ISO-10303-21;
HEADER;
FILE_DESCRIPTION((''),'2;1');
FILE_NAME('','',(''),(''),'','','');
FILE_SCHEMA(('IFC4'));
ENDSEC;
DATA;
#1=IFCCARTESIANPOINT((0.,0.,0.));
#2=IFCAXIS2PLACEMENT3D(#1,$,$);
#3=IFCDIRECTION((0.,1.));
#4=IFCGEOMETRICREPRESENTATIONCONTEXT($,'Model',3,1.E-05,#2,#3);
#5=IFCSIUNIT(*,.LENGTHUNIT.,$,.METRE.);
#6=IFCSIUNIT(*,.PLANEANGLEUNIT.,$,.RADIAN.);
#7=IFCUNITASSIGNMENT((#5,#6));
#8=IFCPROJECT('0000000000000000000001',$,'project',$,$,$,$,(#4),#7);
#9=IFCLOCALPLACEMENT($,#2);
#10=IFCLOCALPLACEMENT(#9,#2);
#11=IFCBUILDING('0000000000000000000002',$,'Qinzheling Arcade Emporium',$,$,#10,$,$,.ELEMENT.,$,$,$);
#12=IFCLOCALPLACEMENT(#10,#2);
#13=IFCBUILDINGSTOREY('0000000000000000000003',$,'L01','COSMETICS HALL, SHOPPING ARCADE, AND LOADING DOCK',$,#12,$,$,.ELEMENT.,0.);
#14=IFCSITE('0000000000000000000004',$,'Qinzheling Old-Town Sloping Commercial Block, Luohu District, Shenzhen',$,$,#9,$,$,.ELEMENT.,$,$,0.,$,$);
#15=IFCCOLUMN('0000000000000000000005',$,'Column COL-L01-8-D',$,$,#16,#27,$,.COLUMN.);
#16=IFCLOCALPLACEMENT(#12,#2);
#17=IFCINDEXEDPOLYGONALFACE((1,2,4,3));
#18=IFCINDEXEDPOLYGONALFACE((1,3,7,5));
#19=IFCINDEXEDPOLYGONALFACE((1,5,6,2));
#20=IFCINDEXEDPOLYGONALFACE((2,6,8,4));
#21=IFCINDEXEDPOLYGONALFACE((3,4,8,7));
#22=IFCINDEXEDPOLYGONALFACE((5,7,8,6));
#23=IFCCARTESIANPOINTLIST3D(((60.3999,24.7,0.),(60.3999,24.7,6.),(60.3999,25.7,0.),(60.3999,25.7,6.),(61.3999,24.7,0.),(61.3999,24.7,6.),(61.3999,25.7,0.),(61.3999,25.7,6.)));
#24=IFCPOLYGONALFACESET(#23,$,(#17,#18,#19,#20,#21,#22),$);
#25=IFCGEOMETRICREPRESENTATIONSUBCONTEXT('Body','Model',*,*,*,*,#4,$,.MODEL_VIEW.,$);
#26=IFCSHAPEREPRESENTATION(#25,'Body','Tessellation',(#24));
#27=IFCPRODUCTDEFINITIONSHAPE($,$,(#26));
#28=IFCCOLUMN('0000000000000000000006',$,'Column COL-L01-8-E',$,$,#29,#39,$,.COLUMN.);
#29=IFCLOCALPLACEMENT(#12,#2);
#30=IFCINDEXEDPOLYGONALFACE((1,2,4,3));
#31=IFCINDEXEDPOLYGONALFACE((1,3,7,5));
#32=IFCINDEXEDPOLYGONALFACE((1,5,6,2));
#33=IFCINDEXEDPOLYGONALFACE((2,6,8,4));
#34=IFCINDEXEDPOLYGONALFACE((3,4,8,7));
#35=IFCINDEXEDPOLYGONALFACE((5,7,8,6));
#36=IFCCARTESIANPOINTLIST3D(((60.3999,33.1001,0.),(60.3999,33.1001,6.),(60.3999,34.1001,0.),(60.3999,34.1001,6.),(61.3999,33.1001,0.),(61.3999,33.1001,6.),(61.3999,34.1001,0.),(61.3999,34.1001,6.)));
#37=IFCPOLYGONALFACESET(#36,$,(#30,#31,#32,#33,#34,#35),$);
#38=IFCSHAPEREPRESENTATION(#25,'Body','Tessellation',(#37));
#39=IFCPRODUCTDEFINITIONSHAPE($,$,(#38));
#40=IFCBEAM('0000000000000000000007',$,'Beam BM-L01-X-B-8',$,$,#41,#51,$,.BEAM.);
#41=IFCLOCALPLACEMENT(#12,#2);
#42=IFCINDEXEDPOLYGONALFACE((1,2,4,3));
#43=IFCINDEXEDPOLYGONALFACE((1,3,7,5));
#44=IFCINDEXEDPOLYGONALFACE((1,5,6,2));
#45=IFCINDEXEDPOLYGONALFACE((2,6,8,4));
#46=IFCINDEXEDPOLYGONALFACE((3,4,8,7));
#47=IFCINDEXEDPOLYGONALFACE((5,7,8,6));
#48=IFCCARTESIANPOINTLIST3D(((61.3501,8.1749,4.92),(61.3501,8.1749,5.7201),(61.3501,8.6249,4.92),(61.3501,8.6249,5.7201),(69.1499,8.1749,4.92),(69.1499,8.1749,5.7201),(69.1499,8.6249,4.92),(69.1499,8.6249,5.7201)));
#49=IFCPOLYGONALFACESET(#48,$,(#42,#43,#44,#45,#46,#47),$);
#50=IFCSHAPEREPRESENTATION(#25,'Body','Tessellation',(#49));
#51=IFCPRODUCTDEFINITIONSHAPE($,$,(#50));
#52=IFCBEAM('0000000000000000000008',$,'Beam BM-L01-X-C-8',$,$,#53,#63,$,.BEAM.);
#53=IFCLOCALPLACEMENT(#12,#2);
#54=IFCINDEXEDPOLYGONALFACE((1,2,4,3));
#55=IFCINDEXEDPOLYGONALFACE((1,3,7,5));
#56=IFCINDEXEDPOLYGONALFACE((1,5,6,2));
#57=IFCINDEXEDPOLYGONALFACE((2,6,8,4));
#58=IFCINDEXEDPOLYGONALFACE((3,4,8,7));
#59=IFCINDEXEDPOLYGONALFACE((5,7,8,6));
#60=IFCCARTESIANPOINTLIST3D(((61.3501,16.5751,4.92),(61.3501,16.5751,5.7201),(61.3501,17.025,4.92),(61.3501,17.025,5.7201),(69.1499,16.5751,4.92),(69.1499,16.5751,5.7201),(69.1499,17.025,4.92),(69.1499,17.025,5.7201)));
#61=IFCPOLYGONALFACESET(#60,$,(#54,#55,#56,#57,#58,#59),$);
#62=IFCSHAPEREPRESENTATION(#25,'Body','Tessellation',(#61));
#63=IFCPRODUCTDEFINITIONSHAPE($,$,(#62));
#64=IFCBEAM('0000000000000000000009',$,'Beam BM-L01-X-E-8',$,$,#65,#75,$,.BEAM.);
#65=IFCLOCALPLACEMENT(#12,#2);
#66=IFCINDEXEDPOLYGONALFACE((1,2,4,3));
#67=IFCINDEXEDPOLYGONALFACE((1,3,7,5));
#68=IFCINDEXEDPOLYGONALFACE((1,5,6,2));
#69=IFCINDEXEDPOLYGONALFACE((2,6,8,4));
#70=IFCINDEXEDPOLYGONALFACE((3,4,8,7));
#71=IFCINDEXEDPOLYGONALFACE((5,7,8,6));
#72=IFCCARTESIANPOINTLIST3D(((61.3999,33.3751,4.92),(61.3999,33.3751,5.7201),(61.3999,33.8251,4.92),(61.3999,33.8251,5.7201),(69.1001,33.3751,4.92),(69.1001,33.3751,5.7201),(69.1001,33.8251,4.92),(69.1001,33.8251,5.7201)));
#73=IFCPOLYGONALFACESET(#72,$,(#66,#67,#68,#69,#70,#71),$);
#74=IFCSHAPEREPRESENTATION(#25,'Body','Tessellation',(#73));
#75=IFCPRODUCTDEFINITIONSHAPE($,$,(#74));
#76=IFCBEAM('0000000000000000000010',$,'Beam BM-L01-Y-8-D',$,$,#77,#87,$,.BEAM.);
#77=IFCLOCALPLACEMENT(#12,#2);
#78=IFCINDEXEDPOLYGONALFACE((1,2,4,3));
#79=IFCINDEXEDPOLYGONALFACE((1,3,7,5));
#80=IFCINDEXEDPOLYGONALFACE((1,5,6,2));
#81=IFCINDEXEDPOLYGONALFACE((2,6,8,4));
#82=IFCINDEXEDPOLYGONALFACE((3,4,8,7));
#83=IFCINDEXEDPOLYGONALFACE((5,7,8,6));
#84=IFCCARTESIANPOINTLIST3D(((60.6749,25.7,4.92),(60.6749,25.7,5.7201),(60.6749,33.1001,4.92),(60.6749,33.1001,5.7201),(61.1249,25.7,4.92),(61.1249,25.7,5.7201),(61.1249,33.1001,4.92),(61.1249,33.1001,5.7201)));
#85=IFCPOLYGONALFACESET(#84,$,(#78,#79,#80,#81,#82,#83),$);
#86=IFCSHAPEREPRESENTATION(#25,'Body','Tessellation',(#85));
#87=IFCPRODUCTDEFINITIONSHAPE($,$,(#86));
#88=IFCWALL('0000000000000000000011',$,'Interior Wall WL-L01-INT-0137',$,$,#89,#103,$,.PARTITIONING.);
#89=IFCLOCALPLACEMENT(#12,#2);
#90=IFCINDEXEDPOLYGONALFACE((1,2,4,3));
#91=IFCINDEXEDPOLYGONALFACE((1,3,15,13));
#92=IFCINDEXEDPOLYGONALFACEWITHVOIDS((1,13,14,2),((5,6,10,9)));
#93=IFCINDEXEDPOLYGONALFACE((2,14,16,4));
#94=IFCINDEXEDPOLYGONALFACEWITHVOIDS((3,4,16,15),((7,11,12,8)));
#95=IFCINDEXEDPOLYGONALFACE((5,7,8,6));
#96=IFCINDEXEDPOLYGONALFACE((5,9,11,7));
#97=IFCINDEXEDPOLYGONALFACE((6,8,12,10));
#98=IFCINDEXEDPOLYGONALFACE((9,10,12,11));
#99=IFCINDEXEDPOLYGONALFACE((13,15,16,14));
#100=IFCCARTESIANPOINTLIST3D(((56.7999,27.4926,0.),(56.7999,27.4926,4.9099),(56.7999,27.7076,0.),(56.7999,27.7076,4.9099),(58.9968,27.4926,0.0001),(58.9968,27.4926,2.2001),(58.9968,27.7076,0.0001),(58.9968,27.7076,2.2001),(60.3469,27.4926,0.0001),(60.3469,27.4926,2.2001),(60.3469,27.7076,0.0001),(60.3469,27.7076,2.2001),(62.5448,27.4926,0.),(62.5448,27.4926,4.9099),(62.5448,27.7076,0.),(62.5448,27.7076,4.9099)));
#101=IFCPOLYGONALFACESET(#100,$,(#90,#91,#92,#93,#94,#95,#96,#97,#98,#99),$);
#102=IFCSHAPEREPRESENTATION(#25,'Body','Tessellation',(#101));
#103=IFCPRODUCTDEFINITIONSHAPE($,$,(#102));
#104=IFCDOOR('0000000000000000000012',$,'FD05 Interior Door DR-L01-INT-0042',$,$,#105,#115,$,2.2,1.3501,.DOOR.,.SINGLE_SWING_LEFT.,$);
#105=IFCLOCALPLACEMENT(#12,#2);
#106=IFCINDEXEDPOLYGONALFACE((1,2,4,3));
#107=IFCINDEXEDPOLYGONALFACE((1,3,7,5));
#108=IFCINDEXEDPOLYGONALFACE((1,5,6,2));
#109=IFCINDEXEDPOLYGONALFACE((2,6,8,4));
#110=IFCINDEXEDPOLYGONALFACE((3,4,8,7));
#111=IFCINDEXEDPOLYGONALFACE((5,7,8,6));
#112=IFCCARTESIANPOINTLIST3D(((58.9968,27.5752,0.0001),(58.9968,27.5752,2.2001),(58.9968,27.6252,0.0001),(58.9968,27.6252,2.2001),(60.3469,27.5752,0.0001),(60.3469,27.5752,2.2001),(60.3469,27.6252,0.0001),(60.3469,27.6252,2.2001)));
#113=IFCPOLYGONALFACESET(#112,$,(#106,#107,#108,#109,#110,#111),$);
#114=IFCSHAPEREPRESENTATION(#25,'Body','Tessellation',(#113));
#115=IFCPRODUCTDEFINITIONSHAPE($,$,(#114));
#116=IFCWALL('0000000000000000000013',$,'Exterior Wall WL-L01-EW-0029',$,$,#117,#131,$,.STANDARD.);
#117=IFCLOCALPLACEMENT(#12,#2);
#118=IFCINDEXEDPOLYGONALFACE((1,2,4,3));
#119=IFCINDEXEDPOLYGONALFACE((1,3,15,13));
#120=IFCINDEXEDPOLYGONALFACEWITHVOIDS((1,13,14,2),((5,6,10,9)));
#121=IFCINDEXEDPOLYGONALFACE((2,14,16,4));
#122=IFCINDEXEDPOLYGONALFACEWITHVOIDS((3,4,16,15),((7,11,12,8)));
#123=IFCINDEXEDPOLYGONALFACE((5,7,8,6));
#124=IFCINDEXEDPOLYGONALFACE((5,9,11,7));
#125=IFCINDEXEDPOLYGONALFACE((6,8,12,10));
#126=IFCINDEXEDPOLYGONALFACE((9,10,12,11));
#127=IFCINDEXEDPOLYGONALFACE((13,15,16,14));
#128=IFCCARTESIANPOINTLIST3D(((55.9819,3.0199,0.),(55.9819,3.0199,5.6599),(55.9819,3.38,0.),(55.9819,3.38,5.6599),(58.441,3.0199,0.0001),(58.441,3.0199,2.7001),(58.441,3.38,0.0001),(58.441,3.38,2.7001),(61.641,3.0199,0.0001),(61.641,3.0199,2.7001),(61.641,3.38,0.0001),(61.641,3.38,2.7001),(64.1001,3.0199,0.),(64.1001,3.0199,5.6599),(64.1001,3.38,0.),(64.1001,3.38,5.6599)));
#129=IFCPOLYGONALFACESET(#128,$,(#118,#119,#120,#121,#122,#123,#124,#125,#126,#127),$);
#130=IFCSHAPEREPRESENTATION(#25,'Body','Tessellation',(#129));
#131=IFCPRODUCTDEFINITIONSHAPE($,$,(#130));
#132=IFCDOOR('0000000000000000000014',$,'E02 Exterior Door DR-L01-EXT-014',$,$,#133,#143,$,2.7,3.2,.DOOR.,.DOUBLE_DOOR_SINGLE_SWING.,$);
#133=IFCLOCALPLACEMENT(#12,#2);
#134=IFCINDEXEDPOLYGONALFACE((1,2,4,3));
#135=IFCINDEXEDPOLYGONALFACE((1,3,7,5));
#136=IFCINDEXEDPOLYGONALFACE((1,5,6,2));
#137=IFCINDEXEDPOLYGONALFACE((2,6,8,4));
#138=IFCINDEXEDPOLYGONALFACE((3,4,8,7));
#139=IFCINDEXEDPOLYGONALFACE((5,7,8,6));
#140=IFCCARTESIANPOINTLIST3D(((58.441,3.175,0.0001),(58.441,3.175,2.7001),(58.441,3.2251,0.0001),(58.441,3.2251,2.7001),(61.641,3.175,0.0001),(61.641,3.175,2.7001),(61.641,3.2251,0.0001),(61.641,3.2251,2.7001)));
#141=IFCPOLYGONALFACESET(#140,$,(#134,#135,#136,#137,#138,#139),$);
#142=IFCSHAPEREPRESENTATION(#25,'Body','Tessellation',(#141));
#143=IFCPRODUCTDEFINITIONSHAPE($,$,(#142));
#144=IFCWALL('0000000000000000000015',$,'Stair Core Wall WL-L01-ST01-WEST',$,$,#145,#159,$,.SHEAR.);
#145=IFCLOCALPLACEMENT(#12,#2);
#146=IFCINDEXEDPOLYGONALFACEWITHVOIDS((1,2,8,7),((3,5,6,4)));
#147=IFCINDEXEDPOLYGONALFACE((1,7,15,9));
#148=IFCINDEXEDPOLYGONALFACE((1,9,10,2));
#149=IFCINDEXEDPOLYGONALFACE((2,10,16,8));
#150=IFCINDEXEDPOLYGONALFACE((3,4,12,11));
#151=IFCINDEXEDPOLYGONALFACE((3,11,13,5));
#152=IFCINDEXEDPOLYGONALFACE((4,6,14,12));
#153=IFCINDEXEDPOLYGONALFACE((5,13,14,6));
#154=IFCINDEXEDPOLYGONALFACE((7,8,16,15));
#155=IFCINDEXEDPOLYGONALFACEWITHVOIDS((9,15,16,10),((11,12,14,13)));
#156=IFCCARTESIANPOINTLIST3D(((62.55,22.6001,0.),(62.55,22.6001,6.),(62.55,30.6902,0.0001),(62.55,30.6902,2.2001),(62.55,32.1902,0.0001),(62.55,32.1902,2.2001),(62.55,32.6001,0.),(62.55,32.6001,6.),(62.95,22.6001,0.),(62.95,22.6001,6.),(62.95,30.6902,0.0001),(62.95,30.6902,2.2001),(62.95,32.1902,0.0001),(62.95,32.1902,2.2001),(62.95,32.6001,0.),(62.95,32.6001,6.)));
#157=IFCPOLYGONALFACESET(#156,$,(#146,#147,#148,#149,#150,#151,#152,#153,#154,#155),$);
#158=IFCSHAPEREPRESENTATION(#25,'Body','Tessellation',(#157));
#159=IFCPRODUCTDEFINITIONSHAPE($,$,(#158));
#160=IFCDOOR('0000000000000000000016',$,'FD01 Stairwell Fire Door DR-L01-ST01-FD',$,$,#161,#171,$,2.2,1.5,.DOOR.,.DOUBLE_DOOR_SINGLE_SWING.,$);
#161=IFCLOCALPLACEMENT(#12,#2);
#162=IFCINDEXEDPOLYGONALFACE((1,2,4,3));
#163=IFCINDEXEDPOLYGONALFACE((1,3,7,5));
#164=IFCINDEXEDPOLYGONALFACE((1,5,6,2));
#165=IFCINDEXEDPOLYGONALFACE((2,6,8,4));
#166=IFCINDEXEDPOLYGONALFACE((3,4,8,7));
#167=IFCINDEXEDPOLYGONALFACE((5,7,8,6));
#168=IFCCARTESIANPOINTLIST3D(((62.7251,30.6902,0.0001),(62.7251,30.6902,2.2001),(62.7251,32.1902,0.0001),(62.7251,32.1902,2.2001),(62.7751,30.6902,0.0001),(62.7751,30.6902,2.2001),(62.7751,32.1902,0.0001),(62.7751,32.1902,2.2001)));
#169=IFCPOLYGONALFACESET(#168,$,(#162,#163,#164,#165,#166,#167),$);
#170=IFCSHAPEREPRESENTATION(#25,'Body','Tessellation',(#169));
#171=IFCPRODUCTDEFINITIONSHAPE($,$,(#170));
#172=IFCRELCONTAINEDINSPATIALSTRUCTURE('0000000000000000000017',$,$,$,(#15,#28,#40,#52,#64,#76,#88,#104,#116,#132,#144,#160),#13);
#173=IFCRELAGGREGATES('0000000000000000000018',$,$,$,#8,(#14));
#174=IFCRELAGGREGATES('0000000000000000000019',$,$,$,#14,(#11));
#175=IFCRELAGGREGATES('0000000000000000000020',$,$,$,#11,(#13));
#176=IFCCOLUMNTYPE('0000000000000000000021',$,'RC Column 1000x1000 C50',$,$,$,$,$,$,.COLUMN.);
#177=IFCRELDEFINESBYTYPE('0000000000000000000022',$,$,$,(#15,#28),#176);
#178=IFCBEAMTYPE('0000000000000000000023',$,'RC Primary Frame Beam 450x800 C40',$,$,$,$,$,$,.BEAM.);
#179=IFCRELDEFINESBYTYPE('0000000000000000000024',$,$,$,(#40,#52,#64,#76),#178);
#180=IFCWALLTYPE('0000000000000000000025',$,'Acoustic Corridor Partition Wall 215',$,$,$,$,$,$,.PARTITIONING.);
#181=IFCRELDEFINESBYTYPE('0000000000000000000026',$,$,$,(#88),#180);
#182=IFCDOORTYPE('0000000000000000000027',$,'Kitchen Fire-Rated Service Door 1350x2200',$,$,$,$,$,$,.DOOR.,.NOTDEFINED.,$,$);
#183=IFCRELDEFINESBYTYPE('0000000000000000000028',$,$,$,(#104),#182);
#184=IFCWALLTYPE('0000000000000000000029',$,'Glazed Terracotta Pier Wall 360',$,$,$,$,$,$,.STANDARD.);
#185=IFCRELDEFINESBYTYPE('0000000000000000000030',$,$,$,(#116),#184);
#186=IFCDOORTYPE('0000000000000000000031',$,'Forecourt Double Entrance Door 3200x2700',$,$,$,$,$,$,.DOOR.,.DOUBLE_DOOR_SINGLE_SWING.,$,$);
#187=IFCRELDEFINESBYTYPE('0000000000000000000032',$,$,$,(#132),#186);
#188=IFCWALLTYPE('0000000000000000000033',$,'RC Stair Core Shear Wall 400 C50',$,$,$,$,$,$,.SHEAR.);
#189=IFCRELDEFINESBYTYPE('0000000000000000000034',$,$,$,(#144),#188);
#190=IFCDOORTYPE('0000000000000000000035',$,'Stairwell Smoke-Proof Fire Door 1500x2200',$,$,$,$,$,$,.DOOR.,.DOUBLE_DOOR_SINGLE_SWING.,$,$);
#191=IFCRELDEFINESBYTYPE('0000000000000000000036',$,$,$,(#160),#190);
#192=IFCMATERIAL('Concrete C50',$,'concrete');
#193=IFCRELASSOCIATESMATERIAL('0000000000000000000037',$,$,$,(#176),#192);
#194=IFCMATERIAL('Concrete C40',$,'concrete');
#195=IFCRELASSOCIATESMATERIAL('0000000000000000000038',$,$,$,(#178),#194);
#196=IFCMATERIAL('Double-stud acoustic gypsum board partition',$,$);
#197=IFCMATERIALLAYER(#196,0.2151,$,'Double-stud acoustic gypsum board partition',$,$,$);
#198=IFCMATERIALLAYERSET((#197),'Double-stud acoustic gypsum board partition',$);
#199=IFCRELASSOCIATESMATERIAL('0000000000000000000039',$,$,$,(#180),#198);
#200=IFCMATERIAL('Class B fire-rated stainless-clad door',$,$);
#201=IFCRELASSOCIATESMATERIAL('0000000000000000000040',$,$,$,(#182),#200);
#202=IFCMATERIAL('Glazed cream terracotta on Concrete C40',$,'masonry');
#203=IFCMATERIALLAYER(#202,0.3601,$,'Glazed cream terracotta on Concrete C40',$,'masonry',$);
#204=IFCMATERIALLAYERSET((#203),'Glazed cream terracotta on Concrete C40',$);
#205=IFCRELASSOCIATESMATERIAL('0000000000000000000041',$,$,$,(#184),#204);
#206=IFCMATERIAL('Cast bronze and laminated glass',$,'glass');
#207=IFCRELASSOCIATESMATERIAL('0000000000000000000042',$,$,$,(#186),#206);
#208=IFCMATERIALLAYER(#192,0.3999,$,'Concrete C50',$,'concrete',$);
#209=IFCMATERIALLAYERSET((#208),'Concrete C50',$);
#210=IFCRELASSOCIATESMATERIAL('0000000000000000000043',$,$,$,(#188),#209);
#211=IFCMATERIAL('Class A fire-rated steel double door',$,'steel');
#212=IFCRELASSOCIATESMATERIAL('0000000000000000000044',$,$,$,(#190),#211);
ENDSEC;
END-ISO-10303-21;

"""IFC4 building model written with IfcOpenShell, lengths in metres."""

from ifc_helpers import new_model, si_unit, direction, frame, frame_2d, origin, origin_2d, place, context, subcontext, project, spatial, rectangle, extrude, material, layer, layer_set, material_profile, profile_set, type_object, element, fill, save


model = new_model("IFC4")

# Units and contexts
model_context = context("Model", 3, precision=1e-05, world=origin(), true_north=direction((0.0, 1.0)))
body_context = subcontext(model_context, "Body", "Model", "MODEL_VIEW")
ifc_project = project(units=[si_unit("LENGTHUNIT", "METRE"), si_unit("PLANEANGLEUNIT", "RADIAN")], contexts=[model_context])

# Site, building, storey
site_placement = place(None, origin())
site = spatial("IfcSite", under=ifc_project, at=site_placement, Name="Qinzheling Old-Town Sloping Commercial Block, Luohu District, Shenzhen", CompositionType="ELEMENT", RefElevation=0.0)
building_placement = place(site_placement, origin())
building = spatial("IfcBuilding", under=site, at=building_placement, Name="Qinzheling Arcade Emporium", CompositionType="ELEMENT")
storey_placement = place(building_placement, origin())
storey = spatial("IfcBuildingStorey", under=building, at=storey_placement, Name="L01", Description="COSMETICS HALL, SHOPPING ARCADE, AND LOADING DOCK", CompositionType="ELEMENT", Elevation=0.0)

# Columns
ifc_material_1 = material(Name="Concrete C50", Category="concrete")
ifc_material_profile_1 = material_profile(ifc_material_1, rectangle(XDim=1.0, YDim=1.0, at=origin_2d()), Name="RC 1000x1000", Category="concrete")
ifc_profile_set_1 = profile_set([ifc_material_profile_1], Name="Concrete C50")
column_type = type_object("IfcColumnType", Name="RC Column 1000x1000 C50", PredefinedType="COLUMN", material=ifc_profile_set_1)
for number, where, z_axis, x_axis, name in (
    (1, (60.8999, 25.2, 0.0), (0.0, 0.0, 1.0), (1.0, 0.0, 0.0), "Column COL-L01-8-D"),
    (2, (60.8999, 33.6001, 0.0), (0.0, 0.0, 1.0), (1.0, 0.0, 0.0), "Column COL-L01-8-E"),
):
    element("IfcColumn", number, at=place(storey_placement, frame(where, z_axis=z_axis, x_axis=x_axis)), inside=storey, type_object=column_type, Name=name, PredefinedType="COLUMN", context=body_context, shape_type="SweptSolid", body=[
        extrude(rectangle(XDim=1.0, YDim=1.0, at=origin_2d()), origin(), (0.0, 0.0, 1.0), 6.0),
    ])

# Beams
ifc_material_2 = material(Name="Concrete C40", Category="concrete")
ifc_material_profile_2 = material_profile(ifc_material_2, rectangle(XDim=0.45, YDim=0.8, at=origin_2d()), Name="RC 450x800", Category="concrete")
ifc_profile_set_2 = profile_set([ifc_material_profile_2], Name="Concrete C40")
beam_type = type_object("IfcBeamType", Name="RC Primary Frame Beam 450x800 C40", PredefinedType="BEAM", material=ifc_profile_set_2)
for number, where, z_axis, x_axis, name in (
    (3, (61.3501, 8.3999, 5.3201), (1.0, 0.0, 0.0), (0.0, 1.0, 0.0), "Beam BM-L01-X-B-8"),
    (4, (61.3501, 16.8, 5.3201), (1.0, 0.0, 0.0), (0.0, 1.0, 0.0), "Beam BM-L01-X-C-8"),
):
    element("IfcBeam", number, at=place(storey_placement, frame(where, z_axis=z_axis, x_axis=x_axis)), inside=storey, type_object=beam_type, Name=name, PredefinedType="BEAM", context=body_context, shape_type="SweptSolid", body=[
        extrude(rectangle(XDim=0.45, YDim=0.8, at=origin_2d()), origin(), (0.0, 0.0, 1.0), 7.7998),
    ])
beam_1_placement = place(storey_placement, frame((61.3999, 33.6001, 5.3201), z_axis=(1.0, 0.0, 0.0), x_axis=(0.0, 1.0, 0.0)))
element("IfcBeam", 5, at=beam_1_placement, inside=storey, type_object=beam_type, Name="Beam BM-L01-X-E-8", PredefinedType="BEAM", context=body_context, shape_type="SweptSolid", body=[
    extrude(rectangle(XDim=0.45, YDim=0.8, at=origin_2d()), origin(), (0.0, 0.0, 1.0), 7.7002),
])
beam_2_placement = place(storey_placement, frame((60.8999, 25.7, 5.3201), z_axis=(0.0, 1.0, 0.0), x_axis=(-1.0, 0.0, 0.0)))
element("IfcBeam", 6, at=beam_2_placement, inside=storey, type_object=beam_type, Name="Beam BM-L01-Y-8-D", PredefinedType="BEAM", context=body_context, shape_type="SweptSolid", body=[
    extrude(rectangle(XDim=0.45, YDim=0.8, at=origin_2d()), origin(), (0.0, 0.0, 1.0), 7.4001),
])

# Walls, openings, doors
ifc_material_3 = material(Name="Double-stud acoustic gypsum board partition")
ifc_layer_1 = layer(ifc_material_3, 0.2151, Name="Double-stud acoustic gypsum board partition")
ifc_layer_set_1 = layer_set([ifc_layer_1], Name="Double-stud acoustic gypsum board partition")
wall_type_1 = type_object("IfcWallType", Name="Acoustic Corridor Partition Wall 215", PredefinedType="PARTITIONING", material=ifc_layer_set_1)
wall_1_placement = place(storey_placement, frame((62.5449, 27.6001, 0.0), z_axis=(0.0, 0.0, 1.0), x_axis=(-1.0, 0.0, 0.0)))
wall_1 = element("IfcWall", 7, at=wall_1_placement, inside=storey, type_object=wall_type_1, Name="Interior Wall WL-L01-INT-0137", PredefinedType="PARTITIONING", context=body_context, shape_type="SweptSolid", body=[
    extrude(rectangle(XDim=5.7449, YDim=0.2151, at=frame_2d((2.8726, 0.0))), origin(), (0.0, 0.0, 1.0), 4.9099),
])
opening_1_placement = place(wall_1_placement, frame((2.198, 0.0, 0.0)))
opening_1 = element("IfcOpeningElement", 8, at=opening_1_placement, cuts=wall_1, PredefinedType="OPENING", context=body_context, shape_type="SweptSolid", body=[
    extrude(rectangle(XDim=1.3501, YDim=2.2, at=frame_2d((0.675, 1.1001))), frame((0.0, 0.1177, 0.0), z_axis=(0.0, -1.0, 0.0), x_axis=(1.0, 0.0, 0.0)), (0.0, 0.0, 1.0), 0.2351),
])
ifc_material_4 = material(Name="Class B fire-rated stainless-clad door")
door_type_1 = type_object("IfcDoorType", Name="Kitchen Fire-Rated Service Door 1350x2200", OperationType="NOTDEFINED", PredefinedType="DOOR", material=ifc_material_4)
door_1_placement = place(opening_1_placement, origin())
door_1 = element("IfcDoor", 9, at=door_1_placement, inside=storey, type_object=door_type_1, Name="FD05 Interior Door DR-L01-INT-0042", OperationType="SINGLE_SWING_LEFT", OverallHeight=2.2, OverallWidth=1.3501, PredefinedType="DOOR", context=body_context, shape_type="SweptSolid", body=[
    extrude(rectangle(XDim=1.3501, YDim=2.2, at=frame_2d((0.675, 1.1001))), frame((0.0, 0.0249, 0.0), z_axis=(0.0, -1.0, 0.0), x_axis=(1.0, 0.0, 0.0)), (0.0, 0.0, 1.0), 0.05),
])
fill(opening_1, door_1)
ifc_material_5 = material(Name="Glazed cream terracotta on Concrete C40", Category="masonry")
ifc_layer_2 = layer(ifc_material_5, 0.3601, Name="Glazed cream terracotta on Concrete C40", Category="masonry")
ifc_layer_set_2 = layer_set([ifc_layer_2], Name="Glazed cream terracotta on Concrete C40")
wall_type_2 = type_object("IfcWallType", Name="Glazed Terracotta Pier Wall 360", PredefinedType="STANDARD", material=ifc_layer_set_2)
wall_2_placement = place(storey_placement, frame((64.1001, 3.2, 0.0), z_axis=(0.0, 0.0, 1.0), x_axis=(-1.0, 0.0, 0.0)))
wall_2 = element("IfcWall", 10, at=wall_2_placement, inside=storey, type_object=wall_type_2, Name="Exterior Wall WL-L01-EW-0029", PredefinedType="STANDARD", context=body_context, shape_type="SweptSolid", body=[
    extrude(rectangle(XDim=8.1182, YDim=0.3601, at=frame_2d((4.0591, 0.0))), origin(), (0.0, 0.0, 1.0), 5.6599),
])
opening_2_placement = place(wall_2_placement, frame((2.459, 0.0, 0.0)))
opening_2 = element("IfcOpeningElement", 11, at=opening_2_placement, cuts=wall_2, PredefinedType="OPENING", context=body_context, shape_type="SweptSolid", body=[
    extrude(rectangle(XDim=3.2, YDim=2.7, at=frame_2d((1.6001, 1.3501))), frame((0.0, 0.1899, 0.0), z_axis=(0.0, -1.0, 0.0), x_axis=(1.0, 0.0, 0.0)), (0.0, 0.0, 1.0), 0.3801),
])
ifc_material_6 = material(Name="Cast bronze and laminated glass", Category="glass")
door_type_2 = type_object("IfcDoorType", Name="Forecourt Double Entrance Door 3200x2700", OperationType="DOUBLE_DOOR_SINGLE_SWING", PredefinedType="DOOR", material=ifc_material_6)
door_2_placement = place(opening_2_placement, origin())
door_2 = element("IfcDoor", 12, at=door_2_placement, inside=storey, type_object=door_type_2, Name="E02 Exterior Door DR-L01-EXT-014", OperationType="DOUBLE_DOOR_SINGLE_SWING", OverallHeight=2.7, OverallWidth=3.2, PredefinedType="DOOR", context=body_context, shape_type="SweptSolid", body=[
    extrude(rectangle(XDim=3.2, YDim=2.7, at=frame_2d((1.6001, 1.3501))), frame((0.0, 0.0249, 0.0), z_axis=(0.0, -1.0, 0.0), x_axis=(1.0, 0.0, 0.0)), (0.0, 0.0, 1.0), 0.05),
])
fill(opening_2, door_2)
ifc_layer_3 = layer(ifc_material_1, 0.3999, Name="Concrete C50", Category="concrete")
ifc_layer_set_3 = layer_set([ifc_layer_3], Name="Concrete C50")
wall_type_3 = type_object("IfcWallType", Name="RC Stair Core Shear Wall 400 C50", PredefinedType="SHEAR", material=ifc_layer_set_3)
wall_3_placement = place(storey_placement, frame((62.75, 22.6001, 0.0), z_axis=(0.0, 0.0, 1.0), x_axis=(0.0, 1.0, 0.0)))
wall_3 = element("IfcWall", 13, at=wall_3_placement, inside=storey, type_object=wall_type_3, Name="Stair Core Wall WL-L01-ST01-WEST", PredefinedType="SHEAR", context=body_context, shape_type="SweptSolid", body=[
    extrude(rectangle(XDim=10.0, YDim=0.3999, at=frame_2d((5.0, 0.0))), origin(), (0.0, 0.0, 1.0), 6.0),
])
opening_3_placement = place(wall_3_placement, frame((8.0901, 0.0, 0.0)))
opening_3 = element("IfcOpeningElement", 14, at=opening_3_placement, cuts=wall_3, PredefinedType="OPENING", context=body_context, shape_type="SweptSolid", body=[
    extrude(rectangle(XDim=1.5, YDim=2.2, at=frame_2d((0.75, 1.1001))), frame((0.0, 0.21, 0.0), z_axis=(0.0, -1.0, 0.0), x_axis=(1.0, 0.0, 0.0)), (0.0, 0.0, 1.0), 0.4199),
])
ifc_material_7 = material(Name="Class A fire-rated steel double door", Category="steel")
door_type_3 = type_object("IfcDoorType", Name="Stairwell Smoke-Proof Fire Door 1500x2200", OperationType="DOUBLE_DOOR_SINGLE_SWING", PredefinedType="DOOR", material=ifc_material_7)
door_3_placement = place(opening_3_placement, origin())
door_3 = element("IfcDoor", 15, at=door_3_placement, inside=storey, type_object=door_type_3, Name="FD01 Stairwell Fire Door DR-L01-ST01-FD", OperationType="DOUBLE_DOOR_SINGLE_SWING", OverallHeight=2.2, OverallWidth=1.5, PredefinedType="DOOR", context=body_context, shape_type="SweptSolid", body=[
    extrude(rectangle(XDim=1.5, YDim=2.2, at=frame_2d((0.75, 1.1001))), frame((0.0, 0.0249, 0.0), z_axis=(0.0, -1.0, 0.0), x_axis=(1.0, 0.0, 0.0)), (0.0, 0.0, 1.0), 0.05),
])
fill(opening_3, door_3)

save(model, "model.ifc")
